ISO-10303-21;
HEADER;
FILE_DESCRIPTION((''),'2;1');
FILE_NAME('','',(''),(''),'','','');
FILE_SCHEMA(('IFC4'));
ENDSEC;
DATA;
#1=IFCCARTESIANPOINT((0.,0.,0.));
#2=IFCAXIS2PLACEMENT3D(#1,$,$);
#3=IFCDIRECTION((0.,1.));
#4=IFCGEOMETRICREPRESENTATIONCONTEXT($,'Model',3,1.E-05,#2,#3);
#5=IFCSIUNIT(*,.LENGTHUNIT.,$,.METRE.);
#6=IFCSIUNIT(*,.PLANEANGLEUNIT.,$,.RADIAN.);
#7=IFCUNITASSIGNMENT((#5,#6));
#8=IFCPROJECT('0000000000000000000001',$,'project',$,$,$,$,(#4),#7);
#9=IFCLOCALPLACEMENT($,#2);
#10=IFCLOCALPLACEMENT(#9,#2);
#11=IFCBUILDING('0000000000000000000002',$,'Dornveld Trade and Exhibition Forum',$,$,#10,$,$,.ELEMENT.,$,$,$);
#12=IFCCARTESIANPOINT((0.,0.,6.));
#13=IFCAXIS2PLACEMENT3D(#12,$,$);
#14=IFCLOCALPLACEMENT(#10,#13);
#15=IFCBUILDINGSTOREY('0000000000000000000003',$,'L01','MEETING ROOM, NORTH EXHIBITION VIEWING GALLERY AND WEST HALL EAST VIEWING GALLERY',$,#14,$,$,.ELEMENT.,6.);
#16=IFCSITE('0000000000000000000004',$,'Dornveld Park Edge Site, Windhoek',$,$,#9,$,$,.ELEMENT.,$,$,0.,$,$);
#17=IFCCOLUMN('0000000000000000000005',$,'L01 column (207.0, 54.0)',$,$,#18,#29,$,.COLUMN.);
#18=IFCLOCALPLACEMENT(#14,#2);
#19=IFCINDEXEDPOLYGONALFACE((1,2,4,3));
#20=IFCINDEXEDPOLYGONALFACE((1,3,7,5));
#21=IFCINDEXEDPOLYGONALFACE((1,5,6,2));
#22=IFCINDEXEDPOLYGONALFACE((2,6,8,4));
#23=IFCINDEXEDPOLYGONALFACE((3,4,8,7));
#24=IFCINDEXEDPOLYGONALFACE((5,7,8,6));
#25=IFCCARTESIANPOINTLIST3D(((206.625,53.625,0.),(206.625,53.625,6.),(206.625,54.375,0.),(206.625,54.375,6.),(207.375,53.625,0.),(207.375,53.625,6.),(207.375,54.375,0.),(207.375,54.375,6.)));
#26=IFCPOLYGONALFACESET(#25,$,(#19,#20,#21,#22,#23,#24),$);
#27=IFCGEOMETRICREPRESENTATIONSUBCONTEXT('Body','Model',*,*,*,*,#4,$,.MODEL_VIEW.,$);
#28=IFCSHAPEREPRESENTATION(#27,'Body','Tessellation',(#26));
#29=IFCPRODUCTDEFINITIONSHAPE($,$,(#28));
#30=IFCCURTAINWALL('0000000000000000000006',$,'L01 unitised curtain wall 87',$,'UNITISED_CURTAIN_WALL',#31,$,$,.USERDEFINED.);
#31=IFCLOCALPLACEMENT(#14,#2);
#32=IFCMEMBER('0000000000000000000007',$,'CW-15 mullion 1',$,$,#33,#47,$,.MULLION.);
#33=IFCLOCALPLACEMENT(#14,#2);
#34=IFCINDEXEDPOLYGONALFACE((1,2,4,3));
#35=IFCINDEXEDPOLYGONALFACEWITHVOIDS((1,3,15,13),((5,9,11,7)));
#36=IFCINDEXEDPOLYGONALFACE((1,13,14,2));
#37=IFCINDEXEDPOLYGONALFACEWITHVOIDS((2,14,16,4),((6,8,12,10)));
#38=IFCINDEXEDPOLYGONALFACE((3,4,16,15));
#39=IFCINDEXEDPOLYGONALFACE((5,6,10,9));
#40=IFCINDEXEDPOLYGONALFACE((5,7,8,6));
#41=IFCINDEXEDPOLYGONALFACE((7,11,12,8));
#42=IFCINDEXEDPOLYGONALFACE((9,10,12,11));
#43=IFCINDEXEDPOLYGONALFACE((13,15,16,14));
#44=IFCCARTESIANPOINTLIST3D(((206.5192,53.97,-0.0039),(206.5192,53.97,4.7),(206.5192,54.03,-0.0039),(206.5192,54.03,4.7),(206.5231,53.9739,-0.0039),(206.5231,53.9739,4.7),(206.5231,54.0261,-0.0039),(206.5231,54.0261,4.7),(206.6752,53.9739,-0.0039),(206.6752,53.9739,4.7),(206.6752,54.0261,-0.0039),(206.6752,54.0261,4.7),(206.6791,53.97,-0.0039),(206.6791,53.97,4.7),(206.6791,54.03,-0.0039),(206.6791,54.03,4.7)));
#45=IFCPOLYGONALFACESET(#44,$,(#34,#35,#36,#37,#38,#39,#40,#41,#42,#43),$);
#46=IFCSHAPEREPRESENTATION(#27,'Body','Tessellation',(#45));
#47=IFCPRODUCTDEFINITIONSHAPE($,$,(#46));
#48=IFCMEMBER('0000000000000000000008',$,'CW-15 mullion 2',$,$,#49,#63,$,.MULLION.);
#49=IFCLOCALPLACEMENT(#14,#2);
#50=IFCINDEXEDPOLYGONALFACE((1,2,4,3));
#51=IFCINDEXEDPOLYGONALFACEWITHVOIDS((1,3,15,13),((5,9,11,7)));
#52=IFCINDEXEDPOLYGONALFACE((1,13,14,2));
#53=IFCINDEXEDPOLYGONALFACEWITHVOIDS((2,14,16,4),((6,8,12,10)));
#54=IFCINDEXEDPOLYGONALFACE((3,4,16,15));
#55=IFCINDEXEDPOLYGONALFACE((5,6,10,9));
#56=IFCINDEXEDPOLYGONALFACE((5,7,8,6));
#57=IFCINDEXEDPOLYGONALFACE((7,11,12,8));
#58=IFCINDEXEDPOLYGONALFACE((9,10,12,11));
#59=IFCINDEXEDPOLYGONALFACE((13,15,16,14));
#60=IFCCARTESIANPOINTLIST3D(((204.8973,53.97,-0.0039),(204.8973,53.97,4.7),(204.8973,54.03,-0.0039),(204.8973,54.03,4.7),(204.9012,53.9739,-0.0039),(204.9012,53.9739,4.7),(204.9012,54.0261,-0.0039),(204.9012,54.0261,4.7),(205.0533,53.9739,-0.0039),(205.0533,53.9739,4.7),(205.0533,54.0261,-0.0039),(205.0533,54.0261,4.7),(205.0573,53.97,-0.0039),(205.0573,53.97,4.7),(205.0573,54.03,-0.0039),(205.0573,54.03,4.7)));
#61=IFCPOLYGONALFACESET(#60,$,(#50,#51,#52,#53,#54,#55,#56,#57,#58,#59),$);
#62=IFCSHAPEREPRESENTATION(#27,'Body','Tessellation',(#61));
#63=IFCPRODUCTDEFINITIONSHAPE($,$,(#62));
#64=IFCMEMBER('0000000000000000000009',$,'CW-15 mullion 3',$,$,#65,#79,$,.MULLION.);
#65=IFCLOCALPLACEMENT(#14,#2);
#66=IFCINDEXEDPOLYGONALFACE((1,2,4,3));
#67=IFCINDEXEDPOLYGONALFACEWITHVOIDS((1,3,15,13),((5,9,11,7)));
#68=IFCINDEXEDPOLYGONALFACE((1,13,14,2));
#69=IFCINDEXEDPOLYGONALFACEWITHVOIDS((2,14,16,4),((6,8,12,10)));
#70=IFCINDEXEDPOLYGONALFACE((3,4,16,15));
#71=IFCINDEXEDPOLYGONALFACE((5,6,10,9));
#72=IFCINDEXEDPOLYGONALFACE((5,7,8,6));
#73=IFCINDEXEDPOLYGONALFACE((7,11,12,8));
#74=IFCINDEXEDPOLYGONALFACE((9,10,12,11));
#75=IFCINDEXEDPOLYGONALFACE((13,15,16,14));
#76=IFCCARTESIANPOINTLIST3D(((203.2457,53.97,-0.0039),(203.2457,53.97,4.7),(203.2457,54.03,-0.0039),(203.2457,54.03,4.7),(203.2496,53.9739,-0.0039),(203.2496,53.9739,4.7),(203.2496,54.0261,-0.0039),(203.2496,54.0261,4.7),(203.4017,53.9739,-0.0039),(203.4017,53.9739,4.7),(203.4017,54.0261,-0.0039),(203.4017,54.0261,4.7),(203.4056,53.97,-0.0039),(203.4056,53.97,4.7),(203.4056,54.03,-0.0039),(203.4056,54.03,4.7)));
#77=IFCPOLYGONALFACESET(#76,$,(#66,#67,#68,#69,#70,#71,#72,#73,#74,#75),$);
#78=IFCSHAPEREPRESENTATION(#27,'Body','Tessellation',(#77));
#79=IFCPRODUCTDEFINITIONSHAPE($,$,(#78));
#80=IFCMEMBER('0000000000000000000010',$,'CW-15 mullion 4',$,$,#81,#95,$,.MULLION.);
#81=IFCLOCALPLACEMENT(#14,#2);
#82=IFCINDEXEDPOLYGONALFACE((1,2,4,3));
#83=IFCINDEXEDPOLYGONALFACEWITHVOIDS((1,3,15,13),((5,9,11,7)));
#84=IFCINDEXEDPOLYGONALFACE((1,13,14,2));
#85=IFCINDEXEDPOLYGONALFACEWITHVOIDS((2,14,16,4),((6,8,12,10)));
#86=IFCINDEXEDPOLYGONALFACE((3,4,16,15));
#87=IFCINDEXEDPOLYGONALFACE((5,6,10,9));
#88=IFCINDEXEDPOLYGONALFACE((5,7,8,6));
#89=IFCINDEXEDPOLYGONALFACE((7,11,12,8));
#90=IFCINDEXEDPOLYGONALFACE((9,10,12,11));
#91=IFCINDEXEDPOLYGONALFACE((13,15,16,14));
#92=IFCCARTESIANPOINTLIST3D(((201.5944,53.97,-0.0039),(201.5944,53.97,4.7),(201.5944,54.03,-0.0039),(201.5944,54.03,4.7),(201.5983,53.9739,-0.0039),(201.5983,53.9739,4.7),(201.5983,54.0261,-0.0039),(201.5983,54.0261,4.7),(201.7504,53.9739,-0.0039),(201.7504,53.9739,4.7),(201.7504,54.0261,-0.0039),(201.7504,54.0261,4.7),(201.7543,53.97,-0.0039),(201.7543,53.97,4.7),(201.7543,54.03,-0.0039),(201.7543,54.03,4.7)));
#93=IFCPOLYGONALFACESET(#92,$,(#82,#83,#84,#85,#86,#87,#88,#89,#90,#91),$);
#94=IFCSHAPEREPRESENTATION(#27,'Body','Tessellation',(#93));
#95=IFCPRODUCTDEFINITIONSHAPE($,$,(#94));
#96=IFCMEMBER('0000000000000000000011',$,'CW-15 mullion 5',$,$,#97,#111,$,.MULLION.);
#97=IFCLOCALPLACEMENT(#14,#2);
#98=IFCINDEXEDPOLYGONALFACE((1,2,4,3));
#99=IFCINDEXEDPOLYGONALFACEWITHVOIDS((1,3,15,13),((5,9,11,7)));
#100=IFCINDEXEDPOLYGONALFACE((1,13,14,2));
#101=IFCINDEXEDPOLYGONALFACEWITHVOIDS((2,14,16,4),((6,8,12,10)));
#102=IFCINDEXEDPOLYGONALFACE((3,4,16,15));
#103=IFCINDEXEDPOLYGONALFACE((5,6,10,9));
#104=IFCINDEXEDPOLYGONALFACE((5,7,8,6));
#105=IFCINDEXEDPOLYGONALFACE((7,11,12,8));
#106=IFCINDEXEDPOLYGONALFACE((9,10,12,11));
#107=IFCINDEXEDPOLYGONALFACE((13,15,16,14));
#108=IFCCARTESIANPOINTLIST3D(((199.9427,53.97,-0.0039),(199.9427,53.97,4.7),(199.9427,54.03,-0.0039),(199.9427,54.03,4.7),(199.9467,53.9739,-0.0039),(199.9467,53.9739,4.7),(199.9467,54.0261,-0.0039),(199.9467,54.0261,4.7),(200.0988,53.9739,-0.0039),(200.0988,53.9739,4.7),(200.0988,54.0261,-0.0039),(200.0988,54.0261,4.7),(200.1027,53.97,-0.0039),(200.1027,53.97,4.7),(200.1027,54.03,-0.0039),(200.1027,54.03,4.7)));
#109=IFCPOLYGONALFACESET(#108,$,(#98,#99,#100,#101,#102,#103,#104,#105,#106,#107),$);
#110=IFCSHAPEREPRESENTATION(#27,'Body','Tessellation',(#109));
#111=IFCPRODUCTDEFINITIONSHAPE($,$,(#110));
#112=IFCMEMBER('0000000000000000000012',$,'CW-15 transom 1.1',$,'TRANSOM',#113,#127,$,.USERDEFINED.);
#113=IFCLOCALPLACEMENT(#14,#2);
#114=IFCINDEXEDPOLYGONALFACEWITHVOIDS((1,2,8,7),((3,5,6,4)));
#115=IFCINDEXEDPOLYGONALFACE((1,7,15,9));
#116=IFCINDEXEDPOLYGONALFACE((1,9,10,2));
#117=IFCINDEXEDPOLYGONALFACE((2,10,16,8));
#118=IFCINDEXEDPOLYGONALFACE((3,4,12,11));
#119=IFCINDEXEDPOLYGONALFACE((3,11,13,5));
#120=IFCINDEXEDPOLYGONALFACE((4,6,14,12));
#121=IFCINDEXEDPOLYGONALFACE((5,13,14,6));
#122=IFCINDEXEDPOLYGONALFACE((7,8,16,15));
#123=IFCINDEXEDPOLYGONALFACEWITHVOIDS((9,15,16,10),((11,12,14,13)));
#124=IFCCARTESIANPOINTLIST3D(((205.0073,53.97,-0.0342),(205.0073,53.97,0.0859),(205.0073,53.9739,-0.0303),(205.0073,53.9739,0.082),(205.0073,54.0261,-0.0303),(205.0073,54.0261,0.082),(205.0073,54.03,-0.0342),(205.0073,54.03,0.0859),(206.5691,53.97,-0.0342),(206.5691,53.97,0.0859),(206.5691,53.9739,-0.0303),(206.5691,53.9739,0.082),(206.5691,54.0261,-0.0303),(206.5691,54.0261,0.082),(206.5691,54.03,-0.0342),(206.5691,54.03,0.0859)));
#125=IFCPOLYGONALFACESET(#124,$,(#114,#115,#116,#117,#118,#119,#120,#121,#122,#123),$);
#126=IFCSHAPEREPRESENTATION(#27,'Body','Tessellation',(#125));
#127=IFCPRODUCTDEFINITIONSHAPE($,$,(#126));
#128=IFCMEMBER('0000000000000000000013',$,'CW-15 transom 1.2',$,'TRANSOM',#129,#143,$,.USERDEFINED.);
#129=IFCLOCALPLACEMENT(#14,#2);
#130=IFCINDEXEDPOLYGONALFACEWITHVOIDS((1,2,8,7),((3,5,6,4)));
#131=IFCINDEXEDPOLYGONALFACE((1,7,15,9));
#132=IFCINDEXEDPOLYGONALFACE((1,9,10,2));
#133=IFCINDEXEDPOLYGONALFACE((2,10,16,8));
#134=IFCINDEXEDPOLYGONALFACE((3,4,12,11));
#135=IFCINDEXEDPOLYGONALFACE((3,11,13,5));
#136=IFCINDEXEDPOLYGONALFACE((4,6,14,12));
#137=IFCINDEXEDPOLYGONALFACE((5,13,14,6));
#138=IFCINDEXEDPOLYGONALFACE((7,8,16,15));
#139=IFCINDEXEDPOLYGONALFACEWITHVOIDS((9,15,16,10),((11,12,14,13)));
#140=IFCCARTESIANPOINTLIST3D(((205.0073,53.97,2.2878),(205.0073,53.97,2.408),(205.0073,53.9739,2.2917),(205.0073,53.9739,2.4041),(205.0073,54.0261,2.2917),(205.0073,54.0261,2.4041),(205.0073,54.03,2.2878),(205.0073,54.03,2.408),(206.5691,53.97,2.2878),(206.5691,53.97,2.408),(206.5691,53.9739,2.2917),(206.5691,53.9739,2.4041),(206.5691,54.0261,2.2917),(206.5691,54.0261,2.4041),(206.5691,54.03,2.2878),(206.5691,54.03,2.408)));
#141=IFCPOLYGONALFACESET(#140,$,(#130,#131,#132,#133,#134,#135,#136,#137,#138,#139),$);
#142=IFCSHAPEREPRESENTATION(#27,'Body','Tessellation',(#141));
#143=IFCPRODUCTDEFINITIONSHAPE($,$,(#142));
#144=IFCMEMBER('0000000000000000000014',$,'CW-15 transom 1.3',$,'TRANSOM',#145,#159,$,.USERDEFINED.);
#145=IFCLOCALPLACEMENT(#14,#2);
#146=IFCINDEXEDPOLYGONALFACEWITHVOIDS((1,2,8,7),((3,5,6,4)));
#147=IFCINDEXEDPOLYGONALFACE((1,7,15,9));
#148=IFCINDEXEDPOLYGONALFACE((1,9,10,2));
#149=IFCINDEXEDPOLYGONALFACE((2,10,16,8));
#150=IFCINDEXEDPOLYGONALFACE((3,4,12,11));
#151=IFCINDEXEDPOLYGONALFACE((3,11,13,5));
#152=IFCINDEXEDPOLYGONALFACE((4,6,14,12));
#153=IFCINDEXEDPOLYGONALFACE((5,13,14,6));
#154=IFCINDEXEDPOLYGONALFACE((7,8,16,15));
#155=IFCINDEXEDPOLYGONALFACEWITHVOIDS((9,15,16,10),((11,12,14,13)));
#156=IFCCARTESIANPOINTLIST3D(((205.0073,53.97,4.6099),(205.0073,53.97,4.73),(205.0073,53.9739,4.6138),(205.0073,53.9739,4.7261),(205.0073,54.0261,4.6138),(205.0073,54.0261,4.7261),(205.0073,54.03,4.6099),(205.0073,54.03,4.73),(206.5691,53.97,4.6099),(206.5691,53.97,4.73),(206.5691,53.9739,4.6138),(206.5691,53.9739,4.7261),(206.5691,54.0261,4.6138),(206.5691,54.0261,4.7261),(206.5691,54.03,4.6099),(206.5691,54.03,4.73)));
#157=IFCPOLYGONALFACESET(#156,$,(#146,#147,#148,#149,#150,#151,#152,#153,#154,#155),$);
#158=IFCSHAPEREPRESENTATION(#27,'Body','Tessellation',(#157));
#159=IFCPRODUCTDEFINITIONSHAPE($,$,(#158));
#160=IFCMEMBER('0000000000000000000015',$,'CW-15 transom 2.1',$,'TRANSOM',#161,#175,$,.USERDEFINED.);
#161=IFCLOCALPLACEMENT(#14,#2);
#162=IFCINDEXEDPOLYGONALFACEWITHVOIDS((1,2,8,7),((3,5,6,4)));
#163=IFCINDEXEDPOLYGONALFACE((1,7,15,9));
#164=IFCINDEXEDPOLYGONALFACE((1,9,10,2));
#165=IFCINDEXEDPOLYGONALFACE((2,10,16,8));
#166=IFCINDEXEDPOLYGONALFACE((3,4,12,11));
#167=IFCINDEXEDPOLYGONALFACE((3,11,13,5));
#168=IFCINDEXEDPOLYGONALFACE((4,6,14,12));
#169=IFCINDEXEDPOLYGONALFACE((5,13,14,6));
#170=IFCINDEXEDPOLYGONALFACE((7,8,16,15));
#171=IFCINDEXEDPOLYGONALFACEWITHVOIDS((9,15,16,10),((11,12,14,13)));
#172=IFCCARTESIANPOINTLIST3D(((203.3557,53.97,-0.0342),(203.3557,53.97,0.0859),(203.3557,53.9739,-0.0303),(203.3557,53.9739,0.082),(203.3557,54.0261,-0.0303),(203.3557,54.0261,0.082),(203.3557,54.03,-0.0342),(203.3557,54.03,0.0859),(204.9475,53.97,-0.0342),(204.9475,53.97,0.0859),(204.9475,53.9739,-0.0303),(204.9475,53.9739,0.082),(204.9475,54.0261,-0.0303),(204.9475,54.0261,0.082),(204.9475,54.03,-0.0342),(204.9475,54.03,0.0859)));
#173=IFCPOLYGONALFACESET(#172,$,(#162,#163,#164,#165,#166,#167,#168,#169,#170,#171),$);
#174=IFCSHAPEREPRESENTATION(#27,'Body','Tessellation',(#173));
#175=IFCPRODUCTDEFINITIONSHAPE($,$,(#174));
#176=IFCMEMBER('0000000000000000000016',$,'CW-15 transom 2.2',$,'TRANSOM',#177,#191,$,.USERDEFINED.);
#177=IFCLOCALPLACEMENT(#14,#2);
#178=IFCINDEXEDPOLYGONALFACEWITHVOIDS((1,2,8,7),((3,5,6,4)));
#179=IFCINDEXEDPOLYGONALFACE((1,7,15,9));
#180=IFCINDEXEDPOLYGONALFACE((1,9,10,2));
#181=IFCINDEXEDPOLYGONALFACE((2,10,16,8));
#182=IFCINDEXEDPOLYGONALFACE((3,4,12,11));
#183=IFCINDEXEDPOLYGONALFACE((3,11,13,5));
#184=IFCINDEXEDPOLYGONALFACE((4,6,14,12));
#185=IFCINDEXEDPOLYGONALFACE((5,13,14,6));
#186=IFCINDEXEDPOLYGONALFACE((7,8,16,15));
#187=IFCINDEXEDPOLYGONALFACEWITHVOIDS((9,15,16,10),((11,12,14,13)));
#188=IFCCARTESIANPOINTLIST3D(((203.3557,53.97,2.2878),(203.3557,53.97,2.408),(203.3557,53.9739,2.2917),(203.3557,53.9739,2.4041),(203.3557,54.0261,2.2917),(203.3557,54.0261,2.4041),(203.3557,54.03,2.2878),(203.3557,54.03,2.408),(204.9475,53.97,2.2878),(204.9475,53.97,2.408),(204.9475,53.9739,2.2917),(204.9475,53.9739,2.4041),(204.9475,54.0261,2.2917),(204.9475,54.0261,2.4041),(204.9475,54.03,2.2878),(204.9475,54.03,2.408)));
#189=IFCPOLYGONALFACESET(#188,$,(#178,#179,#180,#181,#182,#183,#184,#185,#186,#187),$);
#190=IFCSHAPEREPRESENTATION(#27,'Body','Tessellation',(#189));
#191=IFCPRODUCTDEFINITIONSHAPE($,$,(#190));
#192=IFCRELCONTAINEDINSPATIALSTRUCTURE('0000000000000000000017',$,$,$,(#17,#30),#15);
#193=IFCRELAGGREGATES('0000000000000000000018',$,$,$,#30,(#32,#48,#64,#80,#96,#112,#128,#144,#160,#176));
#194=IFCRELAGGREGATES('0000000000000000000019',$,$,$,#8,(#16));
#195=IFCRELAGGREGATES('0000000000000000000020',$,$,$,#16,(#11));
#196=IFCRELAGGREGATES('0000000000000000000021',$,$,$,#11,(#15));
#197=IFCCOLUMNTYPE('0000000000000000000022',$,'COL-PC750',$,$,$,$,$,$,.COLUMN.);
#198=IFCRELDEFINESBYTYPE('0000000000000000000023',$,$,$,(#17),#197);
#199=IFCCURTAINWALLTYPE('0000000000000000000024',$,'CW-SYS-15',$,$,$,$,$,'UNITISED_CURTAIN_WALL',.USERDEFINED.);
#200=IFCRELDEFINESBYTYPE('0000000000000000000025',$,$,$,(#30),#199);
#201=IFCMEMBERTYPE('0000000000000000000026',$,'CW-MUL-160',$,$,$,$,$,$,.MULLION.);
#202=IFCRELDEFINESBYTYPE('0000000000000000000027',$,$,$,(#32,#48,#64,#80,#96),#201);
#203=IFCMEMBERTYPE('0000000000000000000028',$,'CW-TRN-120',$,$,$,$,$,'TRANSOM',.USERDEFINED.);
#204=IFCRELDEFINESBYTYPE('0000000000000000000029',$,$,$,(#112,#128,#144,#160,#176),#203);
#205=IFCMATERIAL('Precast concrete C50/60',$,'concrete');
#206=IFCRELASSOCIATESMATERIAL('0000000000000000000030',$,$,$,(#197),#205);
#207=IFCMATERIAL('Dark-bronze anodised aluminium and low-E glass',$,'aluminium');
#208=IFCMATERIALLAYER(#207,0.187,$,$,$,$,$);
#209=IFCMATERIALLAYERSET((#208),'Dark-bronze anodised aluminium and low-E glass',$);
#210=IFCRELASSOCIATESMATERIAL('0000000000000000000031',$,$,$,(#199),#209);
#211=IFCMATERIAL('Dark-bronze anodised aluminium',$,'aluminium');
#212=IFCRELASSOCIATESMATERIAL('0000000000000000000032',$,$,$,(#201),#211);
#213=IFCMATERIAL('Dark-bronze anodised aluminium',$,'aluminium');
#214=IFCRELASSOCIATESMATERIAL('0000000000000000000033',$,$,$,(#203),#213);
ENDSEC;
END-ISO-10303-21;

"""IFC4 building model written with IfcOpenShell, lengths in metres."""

from ifc_helpers import new_model, si_unit, direction, frame, origin, origin_2d, place, context, subcontext, project, spatial, rectangle, hollow_rectangle, extrude, material, layer, layer_set, material_profile, profile_set, type_object, element, aggregate, save


model = new_model("IFC4")

# Units and contexts
model_context = context("Model", 3, precision=1e-05, world=origin(), true_north=direction((0.0, 1.0)))
body_context = subcontext(model_context, "Body", "Model", "MODEL_VIEW")
ifc_project = project(units=[si_unit("LENGTHUNIT", "METRE"), si_unit("PLANEANGLEUNIT", "RADIAN")], contexts=[model_context])

# Site, building, storey
site_placement = place(None, origin())
site = spatial("IfcSite", under=ifc_project, at=site_placement, Name="Dornveld Park Edge Site, Windhoek", CompositionType="ELEMENT", RefElevation=0.0)
building_placement = place(site_placement, origin())
building = spatial("IfcBuilding", under=site, at=building_placement, Name="Dornveld Trade and Exhibition Forum", CompositionType="ELEMENT")
storey_placement = place(building_placement, frame((0.0, 0.0, 6.0)))
storey = spatial("IfcBuildingStorey", under=building, at=storey_placement, Name="L01", Description="MEETING ROOM, NORTH EXHIBITION VIEWING GALLERY AND WEST HALL EAST VIEWING GALLERY", CompositionType="ELEMENT", Elevation=6.0)

# Column
ifc_material_1 = material(Name="Precast concrete C50/60", Category="concrete")
ifc_material_profile_1 = material_profile(ifc_material_1, rectangle(XDim=0.75, YDim=0.75, at=origin_2d()), Name="PC-COL 750x750")
ifc_profile_set_1 = profile_set([ifc_material_profile_1], Name="Precast concrete C50/60")
column_type = type_object("IfcColumnType", Name="COL-PC750", PredefinedType="COLUMN", material=ifc_profile_set_1)
column_placement = place(storey_placement, frame((207.0, 54.0, 0.0), z_axis=(0.0, 0.0, 1.0), x_axis=(1.0, 0.0, 0.0)))
element("IfcColumn", 1, at=column_placement, inside=storey, type_object=column_type, Name="L01 column (207.0, 54.0)", PredefinedType="COLUMN", context=body_context, shape_type="SweptSolid", body=[
    extrude(rectangle(XDim=0.75, YDim=0.75, at=origin_2d()), origin(), (0.0, 0.0, 1.0), 6.0),
])

# Curtain wall, members
ifc_material_2 = material(Name="Dark-bronze anodised aluminium and low-E glass", Category="aluminium")
ifc_layer_1 = layer(ifc_material_2, 0.187)
ifc_layer_set_1 = layer_set([ifc_layer_1], Name="Dark-bronze anodised aluminium and low-E glass")
curtain_wall_type = type_object("IfcCurtainWallType", Name="CW-SYS-15", ElementType="UNITISED_CURTAIN_WALL", PredefinedType="USERDEFINED", material=ifc_layer_set_1)
curtain_wall_placement = place(storey_placement, origin())
curtain_wall = element("IfcCurtainWall", 2, at=curtain_wall_placement, inside=storey, type_object=curtain_wall_type, Name="L01 unitised curtain wall 87", ObjectType="UNITISED_CURTAIN_WALL", PredefinedType="USERDEFINED")
ifc_material_3 = material(Name="Dark-bronze anodised aluminium", Category="aluminium")
ifc_material_profile_2 = material_profile(ifc_material_3, hollow_rectangle(XDim=0.0601, YDim=0.1599, WallThickness=0.0039, at=origin_2d()), Name="RHS 160x60x4")
ifc_profile_set_2 = profile_set([ifc_material_profile_2], Name="Dark-bronze anodised aluminium")
member_type_1 = type_object("IfcMemberType", Name="CW-MUL-160", PredefinedType="MULLION", material=ifc_profile_set_2)
member_1_placement = place(storey_placement, frame((206.5991, 54.0, -0.0039), z_axis=(0.0, 0.0, 1.0), x_axis=(0.0, -1.0, 0.0)))
member_1 = element("IfcMember", 3, at=member_1_placement, type_object=member_type_1, Name="CW-15 mullion 1", PredefinedType="MULLION", context=body_context, shape_type="SweptSolid", body=[
    extrude(hollow_rectangle(XDim=0.0601, YDim=0.1599, WallThickness=0.0039, at=origin_2d()), origin(), (0.0, 0.0, 1.0), 4.7039),
])
member_2_placement = place(storey_placement, frame((204.9773, 54.0, -0.0039), z_axis=(0.0, 0.0, 1.0), x_axis=(0.0, -1.0, 0.0)))
member_2 = element("IfcMember", 4, at=member_2_placement, type_object=member_type_1, Name="CW-15 mullion 2", PredefinedType="MULLION", context=body_context, shape_type="SweptSolid", body=[
    extrude(hollow_rectangle(XDim=0.0601, YDim=0.1599, WallThickness=0.0039, at=origin_2d()), origin(), (0.0, 0.0, 1.0), 4.7039),
])
member_3_placement = place(storey_placement, frame((203.3257, 54.0, -0.0039), z_axis=(0.0, 0.0, 1.0), x_axis=(0.0, -1.0, 0.0)))
member_3 = element("IfcMember", 5, at=member_3_placement, type_object=member_type_1, Name="CW-15 mullion 3", PredefinedType="MULLION", context=body_context, shape_type="SweptSolid", body=[
    extrude(hollow_rectangle(XDim=0.0601, YDim=0.1599, WallThickness=0.0039, at=origin_2d()), origin(), (0.0, 0.0, 1.0), 4.7039),
])
member_4_placement = place(storey_placement, frame((201.6743, 54.0, -0.0039), z_axis=(0.0, 0.0, 1.0), x_axis=(0.0, -1.0, 0.0)))
member_4 = element("IfcMember", 6, at=member_4_placement, type_object=member_type_1, Name="CW-15 mullion 4", PredefinedType="MULLION", context=body_context, shape_type="SweptSolid", body=[
    extrude(hollow_rectangle(XDim=0.0601, YDim=0.1599, WallThickness=0.0039, at=origin_2d()), origin(), (0.0, 0.0, 1.0), 4.7039),
])
member_5_placement = place(storey_placement, frame((200.0227, 54.0, -0.0039), z_axis=(0.0, 0.0, 1.0), x_axis=(0.0, -1.0, 0.0)))
member_5 = element("IfcMember", 7, at=member_5_placement, type_object=member_type_1, Name="CW-15 mullion 5", PredefinedType="MULLION", context=body_context, shape_type="SweptSolid", body=[
    extrude(hollow_rectangle(XDim=0.0601, YDim=0.1599, WallThickness=0.0039, at=origin_2d()), origin(), (0.0, 0.0, 1.0), 4.7039),
])
ifc_material_4 = material(Name="Dark-bronze anodised aluminium", Category="aluminium")
ifc_material_profile_3 = material_profile(ifc_material_4, hollow_rectangle(XDim=0.0601, YDim=0.1201, WallThickness=0.0039, at=origin_2d()), Name="RHS 120x60x4")
ifc_profile_set_3 = profile_set([ifc_material_profile_3], Name="Dark-bronze anodised aluminium")
member_type_2 = type_object("IfcMemberType", Name="CW-TRN-120", ElementType="TRANSOM", PredefinedType="USERDEFINED", material=ifc_profile_set_3)
member_6_placement = place(storey_placement, frame((206.5691, 54.0, 0.0259), z_axis=(-1.0, 0.0, 0.0), x_axis=(0.0, -1.0, 0.0)))
member_6 = element("IfcMember", 8, at=member_6_placement, type_object=member_type_2, Name="CW-15 transom 1.1", ObjectType="TRANSOM", PredefinedType="USERDEFINED", context=body_context, shape_type="SweptSolid", body=[
    extrude(hollow_rectangle(XDim=0.0601, YDim=0.1201, WallThickness=0.0039, at=origin_2d()), origin(), (0.0, 0.0, 1.0), 1.5618),
])
member_7_placement = place(storey_placement, frame((206.5691, 54.0, 2.3479), z_axis=(-1.0, 0.0, 0.0), x_axis=(0.0, -1.0, 0.0)))
member_7 = element("IfcMember", 9, at=member_7_placement, type_object=member_type_2, Name="CW-15 transom 1.2", ObjectType="TRANSOM", PredefinedType="USERDEFINED", context=body_context, shape_type="SweptSolid", body=[
    extrude(hollow_rectangle(XDim=0.0601, YDim=0.1201, WallThickness=0.0039, at=origin_2d()), origin(), (0.0, 0.0, 1.0), 1.5618),
])
member_8_placement = place(storey_placement, frame((206.5691, 54.0, 4.6699), z_axis=(-1.0, 0.0, 0.0), x_axis=(0.0, -1.0, 0.0)))
member_8 = element("IfcMember", 10, at=member_8_placement, type_object=member_type_2, Name="CW-15 transom 1.3", ObjectType="TRANSOM", PredefinedType="USERDEFINED", context=body_context, shape_type="SweptSolid", body=[
    extrude(hollow_rectangle(XDim=0.0601, YDim=0.1201, WallThickness=0.0039, at=origin_2d()), origin(), (0.0, 0.0, 1.0), 1.5618),
])
member_9_placement = place(storey_placement, frame((204.9475, 54.0, 0.0259), z_axis=(-1.0, 0.0, 0.0), x_axis=(0.0, -1.0, 0.0)))
member_9 = element("IfcMember", 11, at=member_9_placement, type_object=member_type_2, Name="CW-15 transom 2.1", ObjectType="TRANSOM", PredefinedType="USERDEFINED", context=body_context, shape_type="SweptSolid", body=[
    extrude(hollow_rectangle(XDim=0.0601, YDim=0.1201, WallThickness=0.0039, at=origin_2d()), origin(), (0.0, 0.0, 1.0), 1.5918),
])
member_10_placement = place(storey_placement, frame((204.9475, 54.0, 2.3479), z_axis=(-1.0, 0.0, 0.0), x_axis=(0.0, -1.0, 0.0)))
member_10 = element("IfcMember", 12, at=member_10_placement, type_object=member_type_2, Name="CW-15 transom 2.2", ObjectType="TRANSOM", PredefinedType="USERDEFINED", context=body_context, shape_type="SweptSolid", body=[
    extrude(hollow_rectangle(XDim=0.0601, YDim=0.1201, WallThickness=0.0039, at=origin_2d()), origin(), (0.0, 0.0, 1.0), 1.5918),
])
aggregate(curtain_wall, [member_1, member_2, member_3, member_4, member_5, member_6, member_7, member_8, member_9, member_10])

save(model, "model.ifc")
